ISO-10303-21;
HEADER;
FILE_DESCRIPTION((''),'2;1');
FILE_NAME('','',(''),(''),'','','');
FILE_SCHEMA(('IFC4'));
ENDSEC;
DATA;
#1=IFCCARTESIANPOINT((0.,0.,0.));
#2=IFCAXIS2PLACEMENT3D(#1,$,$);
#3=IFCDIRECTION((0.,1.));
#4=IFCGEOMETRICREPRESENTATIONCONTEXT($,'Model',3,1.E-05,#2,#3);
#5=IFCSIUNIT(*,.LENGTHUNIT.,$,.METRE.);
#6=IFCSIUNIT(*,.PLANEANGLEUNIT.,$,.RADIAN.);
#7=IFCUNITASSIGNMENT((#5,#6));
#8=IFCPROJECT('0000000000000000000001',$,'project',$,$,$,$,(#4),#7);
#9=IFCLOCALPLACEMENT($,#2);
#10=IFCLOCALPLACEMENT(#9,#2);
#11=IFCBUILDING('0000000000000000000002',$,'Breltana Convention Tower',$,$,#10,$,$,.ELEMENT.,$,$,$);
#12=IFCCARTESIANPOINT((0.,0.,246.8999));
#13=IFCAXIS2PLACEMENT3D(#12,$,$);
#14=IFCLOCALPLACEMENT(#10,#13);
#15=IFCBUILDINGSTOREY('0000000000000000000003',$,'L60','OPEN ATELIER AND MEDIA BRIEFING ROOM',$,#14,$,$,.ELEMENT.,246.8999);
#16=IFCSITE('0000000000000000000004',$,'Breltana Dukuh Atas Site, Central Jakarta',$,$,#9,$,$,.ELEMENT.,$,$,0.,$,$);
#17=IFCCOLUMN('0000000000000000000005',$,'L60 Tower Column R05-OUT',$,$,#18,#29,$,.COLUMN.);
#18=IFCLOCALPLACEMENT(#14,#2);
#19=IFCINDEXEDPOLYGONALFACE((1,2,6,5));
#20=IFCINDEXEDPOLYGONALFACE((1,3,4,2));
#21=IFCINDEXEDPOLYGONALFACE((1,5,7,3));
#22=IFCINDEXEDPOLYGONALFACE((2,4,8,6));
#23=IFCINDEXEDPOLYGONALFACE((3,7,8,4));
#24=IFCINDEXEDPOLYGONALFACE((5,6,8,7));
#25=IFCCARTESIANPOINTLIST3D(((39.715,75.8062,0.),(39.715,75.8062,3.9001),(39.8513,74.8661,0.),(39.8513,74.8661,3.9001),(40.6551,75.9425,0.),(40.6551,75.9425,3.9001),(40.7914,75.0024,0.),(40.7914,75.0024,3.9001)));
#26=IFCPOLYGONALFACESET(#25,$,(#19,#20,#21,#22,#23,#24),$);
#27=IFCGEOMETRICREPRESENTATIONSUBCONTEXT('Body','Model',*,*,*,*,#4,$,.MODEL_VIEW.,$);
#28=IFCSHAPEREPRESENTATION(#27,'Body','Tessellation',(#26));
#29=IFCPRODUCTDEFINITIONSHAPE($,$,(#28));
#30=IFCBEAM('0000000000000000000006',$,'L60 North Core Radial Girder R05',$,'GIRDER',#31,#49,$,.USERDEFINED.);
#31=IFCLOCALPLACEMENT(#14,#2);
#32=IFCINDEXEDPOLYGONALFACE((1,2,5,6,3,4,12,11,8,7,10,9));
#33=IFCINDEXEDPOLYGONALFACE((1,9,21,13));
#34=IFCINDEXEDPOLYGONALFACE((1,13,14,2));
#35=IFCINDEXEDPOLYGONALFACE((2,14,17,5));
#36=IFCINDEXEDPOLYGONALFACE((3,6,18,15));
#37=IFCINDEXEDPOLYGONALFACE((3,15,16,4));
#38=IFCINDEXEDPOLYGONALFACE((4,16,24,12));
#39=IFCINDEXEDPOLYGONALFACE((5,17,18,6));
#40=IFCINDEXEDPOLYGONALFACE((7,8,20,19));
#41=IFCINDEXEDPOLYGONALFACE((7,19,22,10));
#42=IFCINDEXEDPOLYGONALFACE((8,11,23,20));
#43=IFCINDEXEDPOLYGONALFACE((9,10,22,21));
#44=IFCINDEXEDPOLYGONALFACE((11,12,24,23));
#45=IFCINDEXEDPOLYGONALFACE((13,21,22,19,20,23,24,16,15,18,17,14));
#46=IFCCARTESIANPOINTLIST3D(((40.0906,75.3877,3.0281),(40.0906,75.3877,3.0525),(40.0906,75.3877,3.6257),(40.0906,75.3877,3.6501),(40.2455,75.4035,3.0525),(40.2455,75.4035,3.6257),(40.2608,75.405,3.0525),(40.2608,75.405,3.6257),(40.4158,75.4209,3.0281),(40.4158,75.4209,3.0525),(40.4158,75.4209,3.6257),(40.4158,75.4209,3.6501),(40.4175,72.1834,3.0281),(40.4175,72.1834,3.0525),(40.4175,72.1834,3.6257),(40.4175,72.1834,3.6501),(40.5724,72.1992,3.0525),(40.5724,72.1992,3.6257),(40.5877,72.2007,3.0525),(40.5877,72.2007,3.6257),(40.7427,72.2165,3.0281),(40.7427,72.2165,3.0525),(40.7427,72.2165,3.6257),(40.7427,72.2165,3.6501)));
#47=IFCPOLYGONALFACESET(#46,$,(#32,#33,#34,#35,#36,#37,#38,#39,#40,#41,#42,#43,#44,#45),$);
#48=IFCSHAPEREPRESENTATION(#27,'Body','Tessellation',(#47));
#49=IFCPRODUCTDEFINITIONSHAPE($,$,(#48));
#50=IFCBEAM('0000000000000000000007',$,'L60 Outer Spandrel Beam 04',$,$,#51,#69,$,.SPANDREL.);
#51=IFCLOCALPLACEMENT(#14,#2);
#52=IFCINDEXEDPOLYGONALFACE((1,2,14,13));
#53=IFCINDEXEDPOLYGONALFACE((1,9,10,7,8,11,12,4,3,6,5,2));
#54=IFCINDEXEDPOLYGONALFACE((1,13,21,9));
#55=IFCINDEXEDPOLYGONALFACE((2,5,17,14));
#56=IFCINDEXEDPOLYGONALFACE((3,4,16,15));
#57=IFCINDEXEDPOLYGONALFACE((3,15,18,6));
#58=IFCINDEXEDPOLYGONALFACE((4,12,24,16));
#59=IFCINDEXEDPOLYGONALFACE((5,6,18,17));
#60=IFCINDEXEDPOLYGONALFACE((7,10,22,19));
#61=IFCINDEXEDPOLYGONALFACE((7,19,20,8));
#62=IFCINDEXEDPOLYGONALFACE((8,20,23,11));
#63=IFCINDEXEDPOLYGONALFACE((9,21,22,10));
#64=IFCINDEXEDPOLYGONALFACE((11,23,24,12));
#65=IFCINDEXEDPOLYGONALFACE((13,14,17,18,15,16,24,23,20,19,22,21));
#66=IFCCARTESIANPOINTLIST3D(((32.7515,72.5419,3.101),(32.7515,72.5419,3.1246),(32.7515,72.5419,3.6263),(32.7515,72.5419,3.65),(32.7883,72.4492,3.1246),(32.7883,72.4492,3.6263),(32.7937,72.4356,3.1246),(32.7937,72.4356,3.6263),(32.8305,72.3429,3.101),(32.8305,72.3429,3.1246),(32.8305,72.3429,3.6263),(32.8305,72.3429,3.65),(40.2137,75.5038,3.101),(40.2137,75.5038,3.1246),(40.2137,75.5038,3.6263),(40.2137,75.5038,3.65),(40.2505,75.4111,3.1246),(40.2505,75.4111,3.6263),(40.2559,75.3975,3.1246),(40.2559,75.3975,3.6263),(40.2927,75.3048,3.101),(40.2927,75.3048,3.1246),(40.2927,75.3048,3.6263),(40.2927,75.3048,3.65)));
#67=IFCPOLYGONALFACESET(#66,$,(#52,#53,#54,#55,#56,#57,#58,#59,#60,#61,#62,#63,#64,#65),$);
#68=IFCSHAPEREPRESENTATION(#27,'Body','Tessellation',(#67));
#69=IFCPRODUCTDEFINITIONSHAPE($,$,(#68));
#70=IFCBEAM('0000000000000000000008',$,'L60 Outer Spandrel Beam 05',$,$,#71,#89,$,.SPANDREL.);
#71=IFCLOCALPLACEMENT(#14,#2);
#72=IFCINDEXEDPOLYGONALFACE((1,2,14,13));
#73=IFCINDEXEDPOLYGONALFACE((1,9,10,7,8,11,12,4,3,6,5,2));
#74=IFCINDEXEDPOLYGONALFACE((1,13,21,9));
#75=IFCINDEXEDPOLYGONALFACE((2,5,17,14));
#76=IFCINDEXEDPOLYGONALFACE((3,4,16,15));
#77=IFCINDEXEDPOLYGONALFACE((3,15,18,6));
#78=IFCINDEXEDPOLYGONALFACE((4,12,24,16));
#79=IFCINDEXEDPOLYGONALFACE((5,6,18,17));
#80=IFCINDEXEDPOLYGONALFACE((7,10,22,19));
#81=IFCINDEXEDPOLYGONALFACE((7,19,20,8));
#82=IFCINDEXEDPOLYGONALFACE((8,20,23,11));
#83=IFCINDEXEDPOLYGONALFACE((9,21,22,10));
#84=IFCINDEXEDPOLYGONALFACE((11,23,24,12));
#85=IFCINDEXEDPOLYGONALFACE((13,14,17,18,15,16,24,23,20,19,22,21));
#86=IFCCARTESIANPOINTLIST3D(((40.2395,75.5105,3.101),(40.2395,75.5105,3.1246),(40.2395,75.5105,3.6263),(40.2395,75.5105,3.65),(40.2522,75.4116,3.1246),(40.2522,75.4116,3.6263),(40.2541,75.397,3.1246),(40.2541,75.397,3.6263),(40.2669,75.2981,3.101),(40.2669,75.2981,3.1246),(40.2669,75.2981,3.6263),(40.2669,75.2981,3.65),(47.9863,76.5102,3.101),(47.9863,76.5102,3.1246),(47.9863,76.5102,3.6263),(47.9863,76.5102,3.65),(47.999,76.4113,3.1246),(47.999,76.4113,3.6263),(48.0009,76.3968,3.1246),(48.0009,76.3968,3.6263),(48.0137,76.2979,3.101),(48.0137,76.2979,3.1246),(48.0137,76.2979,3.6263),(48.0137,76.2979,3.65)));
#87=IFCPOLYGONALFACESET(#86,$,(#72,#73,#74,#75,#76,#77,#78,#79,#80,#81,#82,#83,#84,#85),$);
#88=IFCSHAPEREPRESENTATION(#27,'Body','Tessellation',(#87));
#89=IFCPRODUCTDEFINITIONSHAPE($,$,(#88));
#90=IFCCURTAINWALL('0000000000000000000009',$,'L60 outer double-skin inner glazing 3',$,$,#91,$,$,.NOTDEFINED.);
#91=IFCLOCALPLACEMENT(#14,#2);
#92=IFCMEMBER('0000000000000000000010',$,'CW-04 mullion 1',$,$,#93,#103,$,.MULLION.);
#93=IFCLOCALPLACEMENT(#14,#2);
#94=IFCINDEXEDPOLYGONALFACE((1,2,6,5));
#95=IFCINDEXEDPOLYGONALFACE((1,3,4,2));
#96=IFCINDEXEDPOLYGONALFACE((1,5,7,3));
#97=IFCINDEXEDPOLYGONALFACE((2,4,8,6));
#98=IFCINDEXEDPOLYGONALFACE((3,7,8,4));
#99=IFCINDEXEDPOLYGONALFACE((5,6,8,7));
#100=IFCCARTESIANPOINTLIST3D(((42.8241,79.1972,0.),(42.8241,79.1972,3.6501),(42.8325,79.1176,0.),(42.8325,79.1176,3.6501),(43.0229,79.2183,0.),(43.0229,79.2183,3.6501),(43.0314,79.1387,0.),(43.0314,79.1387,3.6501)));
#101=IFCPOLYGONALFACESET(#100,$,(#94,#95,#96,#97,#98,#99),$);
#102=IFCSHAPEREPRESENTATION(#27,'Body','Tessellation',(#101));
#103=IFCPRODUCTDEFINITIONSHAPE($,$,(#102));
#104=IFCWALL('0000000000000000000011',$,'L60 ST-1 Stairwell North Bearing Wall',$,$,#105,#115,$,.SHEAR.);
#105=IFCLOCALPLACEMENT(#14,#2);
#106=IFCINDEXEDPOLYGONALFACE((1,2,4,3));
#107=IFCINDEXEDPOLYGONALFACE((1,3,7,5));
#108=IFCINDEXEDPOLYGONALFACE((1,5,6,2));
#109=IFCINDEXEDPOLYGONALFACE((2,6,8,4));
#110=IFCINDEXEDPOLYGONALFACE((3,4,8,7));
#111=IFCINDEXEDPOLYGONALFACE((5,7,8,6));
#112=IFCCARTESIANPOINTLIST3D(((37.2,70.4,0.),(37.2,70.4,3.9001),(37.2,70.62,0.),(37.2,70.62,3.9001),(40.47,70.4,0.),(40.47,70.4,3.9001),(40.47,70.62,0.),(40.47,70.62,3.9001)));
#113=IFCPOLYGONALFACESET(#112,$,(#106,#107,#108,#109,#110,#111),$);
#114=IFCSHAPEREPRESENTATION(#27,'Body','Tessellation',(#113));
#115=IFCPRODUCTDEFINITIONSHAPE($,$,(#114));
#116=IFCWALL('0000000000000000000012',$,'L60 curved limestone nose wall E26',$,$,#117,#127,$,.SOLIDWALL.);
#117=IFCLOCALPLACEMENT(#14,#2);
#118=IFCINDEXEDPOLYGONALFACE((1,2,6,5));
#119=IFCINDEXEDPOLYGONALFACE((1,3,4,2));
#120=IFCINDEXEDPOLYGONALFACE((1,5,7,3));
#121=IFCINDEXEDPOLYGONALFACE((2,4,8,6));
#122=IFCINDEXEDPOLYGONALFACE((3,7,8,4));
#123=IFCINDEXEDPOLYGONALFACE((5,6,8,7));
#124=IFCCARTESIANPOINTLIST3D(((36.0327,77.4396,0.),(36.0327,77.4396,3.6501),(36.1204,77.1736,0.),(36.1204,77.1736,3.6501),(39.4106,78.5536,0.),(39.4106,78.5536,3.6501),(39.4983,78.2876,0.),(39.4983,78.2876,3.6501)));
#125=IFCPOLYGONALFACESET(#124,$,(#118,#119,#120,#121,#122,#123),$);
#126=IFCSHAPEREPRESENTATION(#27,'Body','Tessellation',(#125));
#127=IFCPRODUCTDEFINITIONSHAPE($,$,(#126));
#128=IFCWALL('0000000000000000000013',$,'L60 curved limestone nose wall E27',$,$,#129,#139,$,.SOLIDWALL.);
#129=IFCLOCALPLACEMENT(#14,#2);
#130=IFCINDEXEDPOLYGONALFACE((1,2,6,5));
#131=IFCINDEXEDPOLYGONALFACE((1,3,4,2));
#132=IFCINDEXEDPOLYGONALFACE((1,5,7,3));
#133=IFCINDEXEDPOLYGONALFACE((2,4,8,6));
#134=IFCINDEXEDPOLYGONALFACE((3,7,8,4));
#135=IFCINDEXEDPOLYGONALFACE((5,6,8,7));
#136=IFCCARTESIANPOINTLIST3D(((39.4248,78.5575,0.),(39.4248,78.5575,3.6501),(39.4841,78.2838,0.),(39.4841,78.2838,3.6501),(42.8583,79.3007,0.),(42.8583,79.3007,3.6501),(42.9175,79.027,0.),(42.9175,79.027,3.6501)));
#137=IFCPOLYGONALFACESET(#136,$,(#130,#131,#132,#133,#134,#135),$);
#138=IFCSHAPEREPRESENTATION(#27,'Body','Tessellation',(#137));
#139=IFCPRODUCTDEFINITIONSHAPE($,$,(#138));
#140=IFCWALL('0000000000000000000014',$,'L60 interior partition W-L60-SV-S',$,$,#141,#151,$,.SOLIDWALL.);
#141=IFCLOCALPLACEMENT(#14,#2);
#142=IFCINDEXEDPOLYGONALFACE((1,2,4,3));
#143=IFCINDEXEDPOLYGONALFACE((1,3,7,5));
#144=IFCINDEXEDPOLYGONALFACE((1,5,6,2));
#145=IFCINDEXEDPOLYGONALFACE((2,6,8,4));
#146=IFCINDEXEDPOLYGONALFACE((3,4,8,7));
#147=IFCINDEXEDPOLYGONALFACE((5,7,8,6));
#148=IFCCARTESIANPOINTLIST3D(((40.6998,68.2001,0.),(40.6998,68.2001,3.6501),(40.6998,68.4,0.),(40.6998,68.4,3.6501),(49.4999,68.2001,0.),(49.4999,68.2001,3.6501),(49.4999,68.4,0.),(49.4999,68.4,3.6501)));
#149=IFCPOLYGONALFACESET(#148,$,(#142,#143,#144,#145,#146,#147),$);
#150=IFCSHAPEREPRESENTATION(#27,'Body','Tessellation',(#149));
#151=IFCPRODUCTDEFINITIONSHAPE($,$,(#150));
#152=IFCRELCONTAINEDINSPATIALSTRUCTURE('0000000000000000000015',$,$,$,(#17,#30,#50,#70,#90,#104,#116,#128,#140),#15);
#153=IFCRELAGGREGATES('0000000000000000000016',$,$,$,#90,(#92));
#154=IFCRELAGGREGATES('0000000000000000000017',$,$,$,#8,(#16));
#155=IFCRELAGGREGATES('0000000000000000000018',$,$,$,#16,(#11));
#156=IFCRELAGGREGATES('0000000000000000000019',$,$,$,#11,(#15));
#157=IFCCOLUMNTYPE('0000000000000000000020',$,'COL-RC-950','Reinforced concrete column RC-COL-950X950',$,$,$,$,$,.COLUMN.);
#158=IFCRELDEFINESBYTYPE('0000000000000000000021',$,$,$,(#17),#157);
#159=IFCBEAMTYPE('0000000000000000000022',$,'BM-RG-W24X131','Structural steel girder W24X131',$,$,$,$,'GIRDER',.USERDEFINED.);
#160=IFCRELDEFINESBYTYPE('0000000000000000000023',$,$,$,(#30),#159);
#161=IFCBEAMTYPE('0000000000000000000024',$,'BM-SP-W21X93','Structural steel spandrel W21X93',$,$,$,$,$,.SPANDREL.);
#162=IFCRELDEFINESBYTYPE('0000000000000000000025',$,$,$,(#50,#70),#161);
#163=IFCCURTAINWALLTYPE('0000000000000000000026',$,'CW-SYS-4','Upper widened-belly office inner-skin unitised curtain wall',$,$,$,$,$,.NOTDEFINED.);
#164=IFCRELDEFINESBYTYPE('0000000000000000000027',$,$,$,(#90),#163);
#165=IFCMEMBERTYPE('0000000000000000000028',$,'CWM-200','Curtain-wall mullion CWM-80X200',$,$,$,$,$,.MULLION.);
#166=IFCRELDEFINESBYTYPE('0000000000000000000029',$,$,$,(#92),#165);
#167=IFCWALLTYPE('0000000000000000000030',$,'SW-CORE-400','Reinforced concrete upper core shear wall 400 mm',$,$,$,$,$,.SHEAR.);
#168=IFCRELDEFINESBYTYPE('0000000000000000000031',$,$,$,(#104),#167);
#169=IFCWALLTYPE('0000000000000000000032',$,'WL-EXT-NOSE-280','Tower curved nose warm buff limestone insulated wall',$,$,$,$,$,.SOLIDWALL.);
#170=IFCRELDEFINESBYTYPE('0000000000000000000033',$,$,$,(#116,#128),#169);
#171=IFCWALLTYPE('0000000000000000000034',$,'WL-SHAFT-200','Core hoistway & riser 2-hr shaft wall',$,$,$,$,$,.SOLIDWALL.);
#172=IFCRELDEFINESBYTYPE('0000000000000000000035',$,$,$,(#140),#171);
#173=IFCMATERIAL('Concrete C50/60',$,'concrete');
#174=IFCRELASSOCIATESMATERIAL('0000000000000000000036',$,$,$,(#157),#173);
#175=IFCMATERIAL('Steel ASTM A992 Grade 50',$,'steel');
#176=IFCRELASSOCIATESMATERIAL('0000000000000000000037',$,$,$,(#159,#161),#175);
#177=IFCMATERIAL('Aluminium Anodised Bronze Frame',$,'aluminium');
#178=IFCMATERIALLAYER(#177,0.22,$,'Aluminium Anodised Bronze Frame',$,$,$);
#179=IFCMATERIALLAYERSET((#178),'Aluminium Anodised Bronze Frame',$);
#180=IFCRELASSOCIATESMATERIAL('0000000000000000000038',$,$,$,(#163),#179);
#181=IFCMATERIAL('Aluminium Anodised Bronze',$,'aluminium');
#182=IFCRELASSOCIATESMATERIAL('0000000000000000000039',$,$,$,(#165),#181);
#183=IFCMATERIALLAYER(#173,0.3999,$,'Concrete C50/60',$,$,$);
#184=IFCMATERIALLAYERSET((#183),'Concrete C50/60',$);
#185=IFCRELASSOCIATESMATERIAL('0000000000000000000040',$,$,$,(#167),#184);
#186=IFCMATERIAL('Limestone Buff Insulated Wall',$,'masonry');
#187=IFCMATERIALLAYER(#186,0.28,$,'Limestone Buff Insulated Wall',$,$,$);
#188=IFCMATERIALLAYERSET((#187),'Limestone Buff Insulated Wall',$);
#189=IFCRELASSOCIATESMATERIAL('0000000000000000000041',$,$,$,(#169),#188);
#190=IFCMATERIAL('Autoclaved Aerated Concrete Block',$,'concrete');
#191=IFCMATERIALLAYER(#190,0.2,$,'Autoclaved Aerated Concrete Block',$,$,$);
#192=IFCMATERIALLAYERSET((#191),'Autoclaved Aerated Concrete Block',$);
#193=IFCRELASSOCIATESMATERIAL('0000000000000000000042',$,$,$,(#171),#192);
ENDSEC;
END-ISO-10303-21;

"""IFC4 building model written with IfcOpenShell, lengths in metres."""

from ifc_helpers import new_model, si_unit, direction, frame, frame_2d, origin, origin_2d, place, context, subcontext, project, spatial, rectangle, i_section, extrude, source, transform, mapped, material, layer, layer_set, material_profile, profile_set, type_object, element, aggregate, save


model = new_model("IFC4")

# Units and contexts
model_context = context("Model", 3, precision=1e-05, world=origin(), true_north=direction((0.0, 1.0)))
body_context = subcontext(model_context, "Body", "Model", "MODEL_VIEW")
ifc_project = project(units=[si_unit("LENGTHUNIT", "METRE"), si_unit("PLANEANGLEUNIT", "RADIAN")], contexts=[model_context])

# Site, building, storey
site_placement = place(None, origin())
site = spatial("IfcSite", under=ifc_project, at=site_placement, Name="Breltana Dukuh Atas Site, Central Jakarta", CompositionType="ELEMENT", RefElevation=0.0)
building_placement = place(site_placement, origin())
building = spatial("IfcBuilding", under=site, at=building_placement, Name="Breltana Convention Tower", CompositionType="ELEMENT")
storey_placement = place(building_placement, frame((0.0, 0.0, 246.8999)))
storey = spatial("IfcBuildingStorey", under=building, at=storey_placement, Name="L60", Description="OPEN ATELIER AND MEDIA BRIEFING ROOM", CompositionType="ELEMENT", Elevation=246.8999)

# Column
ifc_material_1 = material(Name="Concrete C50/60", Category="concrete")
ifc_material_profile_1 = material_profile(ifc_material_1, rectangle(XDim=0.95, YDim=0.95, at=origin_2d()), Name="RC-COL-950X950")
ifc_profile_set_1 = profile_set([ifc_material_profile_1], Name="Concrete C50/60")
column_type = type_object("IfcColumnType", Name="COL-RC-950", Description="Reinforced concrete column RC-COL-950X950", PredefinedType="COLUMN", material=ifc_profile_set_1)
shared_shape_1 = source(origin(), body_context, "Body", "SweptSolid", [
    extrude(rectangle(XDim=0.95, YDim=0.95, at=origin_2d()), origin(), (0.0, 0.0, 1.0), 3.9001),
])
column_placement = place(storey_placement, frame((40.2532, 75.4043, 0.0), z_axis=(0.0, 0.0, 1.0), x_axis=(-0.143493, 0.989651, 0.0)))
element("IfcColumn", 1, at=column_placement, inside=storey, type_object=column_type, Name="L60 Tower Column R05-OUT", PredefinedType="COLUMN", context=body_context, shape_type="MappedRepresentation", body=[
    mapped(shared_shape_1, transform((0.0, 0.0, 0.0), scale=1.0)),
])

# Beams
ifc_material_2 = material(Name="Steel ASTM A992 Grade 50", Category="steel")
ifc_material_profile_2 = material_profile(ifc_material_2, i_section(OverallWidth=0.3269, OverallDepth=0.6221, WebThickness=0.0154, FlangeThickness=0.0244, at=origin_2d()), Name="W24X131")
ifc_profile_set_2 = profile_set([ifc_material_profile_2], Name="Steel ASTM A992 Grade 50")
beam_type_1 = type_object("IfcBeamType", Name="BM-RG-W24X131", Description="Structural steel girder W24X131", ElementType="GIRDER", PredefinedType="USERDEFINED", material=ifc_profile_set_2)
shared_shape_2 = source(origin(), body_context, "Body", "SweptSolid", [
    extrude(i_section(OverallWidth=0.3269, OverallDepth=0.6221, WebThickness=0.0154, FlangeThickness=0.0244, at=origin_2d()), origin(), (0.0, 0.0, 1.0), 3.2209),
])
beam_1_placement = place(storey_placement, frame((40.5801, 72.2, 3.3391), z_axis=(-0.101492, 0.994836, 0.0), x_axis=(-0.994836, -0.101492, 0.0)))
element("IfcBeam", 2, at=beam_1_placement, inside=storey, type_object=beam_type_1, Name="L60 North Core Radial Girder R05", ObjectType="GIRDER", PredefinedType="USERDEFINED", context=body_context, shape_type="MappedRepresentation", body=[
    mapped(shared_shape_2, transform((0.0, 0.0, 0.0), scale=1.0)),
])
ifc_material_profile_3 = material_profile(ifc_material_2, i_section(OverallWidth=0.2141, OverallDepth=0.5491, WebThickness=0.0146, FlangeThickness=0.0237, at=origin_2d()), Name="W21X93")
ifc_profile_set_3 = profile_set([ifc_material_profile_3], Name="Steel ASTM A992 Grade 50")
beam_type_2 = type_object("IfcBeamType", Name="BM-SP-W21X93", Description="Structural steel spandrel W21X93", PredefinedType="SPANDREL", material=ifc_profile_set_3)
shared_shape_3 = source(origin(), body_context, "Body", "SweptSolid", [
    extrude(i_section(OverallWidth=0.2141, OverallDepth=0.5491, WebThickness=0.0146, FlangeThickness=0.0237, at=origin_2d()), origin(), (0.0, 0.0, 1.0), 8.0286),
])
beam_2_placement = place(storey_placement, frame((32.791, 72.4424, 3.3755), z_axis=(0.929459, 0.368925, 0.0), x_axis=(-0.368925, 0.929459, 0.0)))
element("IfcBeam", 3, at=beam_2_placement, inside=storey, type_object=beam_type_2, Name="L60 Outer Spandrel Beam 04", PredefinedType="SPANDREL", context=body_context, shape_type="MappedRepresentation", body=[
    mapped(shared_shape_3, transform((0.0, 0.0, 0.0), scale=1.0)),
])
shared_shape_4 = source(origin(), body_context, "Body", "SweptSolid", [
    extrude(i_section(OverallWidth=0.2141, OverallDepth=0.5491, WebThickness=0.0146, FlangeThickness=0.0237, at=origin_2d()), origin(), (0.0, 0.0, 1.0), 7.811),
])
beam_3_placement = place(storey_placement, frame((40.2532, 75.4043, 3.3755), z_axis=(0.991775, 0.127992, 0.0), x_axis=(-0.127992, 0.991775, 0.0)))
element("IfcBeam", 4, at=beam_3_placement, inside=storey, type_object=beam_type_2, Name="L60 Outer Spandrel Beam 05", PredefinedType="SPANDREL", context=body_context, shape_type="MappedRepresentation", body=[
    mapped(shared_shape_4, transform((0.0, 0.0, 0.0), scale=1.0)),
])

# Curtain wall, member
ifc_material_3 = material(Name="Aluminium Anodised Bronze Frame", Category="aluminium")
ifc_layer_1 = layer(ifc_material_3, 0.22, Name="Aluminium Anodised Bronze Frame")
ifc_layer_set_1 = layer_set([ifc_layer_1], Name="Aluminium Anodised Bronze Frame")
curtain_wall_type = type_object("IfcCurtainWallType", Name="CW-SYS-4", Description="Upper widened-belly office inner-skin unitised curtain wall", PredefinedType="NOTDEFINED", material=ifc_layer_set_1)
curtain_wall_placement = place(storey_placement, origin())
curtain_wall = element("IfcCurtainWall", 5, at=curtain_wall_placement, inside=storey, type_object=curtain_wall_type, Name="L60 outer double-skin inner glazing 3", PredefinedType="NOTDEFINED")
ifc_material_4 = material(Name="Aluminium Anodised Bronze", Category="aluminium")
ifc_material_profile_4 = material_profile(ifc_material_4, rectangle(XDim=0.0801, YDim=0.2, at=origin_2d()), Name="CWM-80X200")
ifc_profile_set_4 = profile_set([ifc_material_profile_4], Name="Aluminium Anodised Bronze")
member_type = type_object("IfcMemberType", Name="CWM-200", Description="Curtain-wall mullion CWM-80X200", PredefinedType="MULLION", material=ifc_profile_set_4)
shared_shape_5 = source(origin(), body_context, "Body", "SweptSolid", [
    extrude(rectangle(XDim=0.0801, YDim=0.2, at=origin_2d()), origin(), (0.0, 0.0, 1.0), 3.6501),
])
member_placement = place(storey_placement, frame((42.9277, 79.168, 0.0), z_axis=(0.0, 0.0, 1.0), x_axis=(-0.105472, 0.994422, 0.0)))
member = element("IfcMember", 6, at=member_placement, type_object=member_type, Name="CW-04 mullion 1", PredefinedType="MULLION", context=body_context, shape_type="MappedRepresentation", body=[
    mapped(shared_shape_5, transform((0.0, 0.0, 0.0), scale=1.0)),
])
aggregate(curtain_wall, [member])

# Wall
ifc_layer_2 = layer(ifc_material_1, 0.3999, Name="Concrete C50/60")
ifc_layer_set_2 = layer_set([ifc_layer_2], Name="Concrete C50/60")
wall_type_1 = type_object("IfcWallType", Name="SW-CORE-400", Description="Reinforced concrete upper core shear wall 400 mm", PredefinedType="SHEAR", material=ifc_layer_set_2)
shared_shape_6 = source(origin(), body_context, "Body", "SweptSolid", [
    extrude(rectangle(XDim=3.27, YDim=0.22, at=frame_2d((1.635, 0.0))), origin(), (0.0, 0.0, 1.0), 3.9001),
])
wall_1_placement = place(storey_placement, frame((37.2, 70.51, 0.0), z_axis=(0.0, 0.0, 1.0), x_axis=(1.0, 0.0, 0.0)))
element("IfcWall", 7, at=wall_1_placement, inside=storey, type_object=wall_type_1, Name="L60 ST-1 Stairwell North Bearing Wall", PredefinedType="SHEAR", context=body_context, shape_type="MappedRepresentation", body=[
    mapped(shared_shape_6, transform((0.0, 0.0, 0.0), scale=1.0)),
])

# Walls
ifc_material_5 = material(Name="Limestone Buff Insulated Wall", Category="masonry")
ifc_layer_3 = layer(ifc_material_5, 0.28, Name="Limestone Buff Insulated Wall")
ifc_layer_set_3 = layer_set([ifc_layer_3], Name="Limestone Buff Insulated Wall")
wall_type_2 = type_object("IfcWallType", Name="WL-EXT-NOSE-280", Description="Tower curved nose warm buff limestone insulated wall", PredefinedType="SOLIDWALL", material=ifc_layer_set_3)
shared_shape_7 = source(origin(), body_context, "Body", "SweptSolid", [
    extrude(rectangle(XDim=3.5569, YDim=0.28, at=frame_2d((1.7783, 0.0))), origin(), (0.0, 0.0, 1.0), 3.6501),
])
wall_2_placement = place(storey_placement, frame((36.0767, 77.3066, 0.0), z_axis=(0.0, 0.0, 1.0), x_axis=(0.949687, 0.313199, 0.0)))
element("IfcWall", 8, at=wall_2_placement, inside=storey, type_object=wall_type_2, Name="L60 curved limestone nose wall E26", PredefinedType="SOLIDWALL", context=body_context, shape_type="MappedRepresentation", body=[
    mapped(shared_shape_7, transform((0.0, 0.0, 0.0), scale=1.0)),
])
shared_shape_8 = source(origin(), body_context, "Body", "SweptSolid", [
    extrude(rectangle(XDim=3.5129, YDim=0.28, at=frame_2d((1.7563, 0.0))), origin(), (0.0, 0.0, 1.0), 3.6501),
])
wall_3_placement = place(storey_placement, frame((39.4546, 78.4207, 0.0), z_axis=(0.0, 0.0, 1.0), x_axis=(0.977366, 0.211555, 0.0)))
element("IfcWall", 9, at=wall_3_placement, inside=storey, type_object=wall_type_2, Name="L60 curved limestone nose wall E27", PredefinedType="SOLIDWALL", context=body_context, shape_type="MappedRepresentation", body=[
    mapped(shared_shape_8, transform((0.0, 0.0, 0.0), scale=1.0)),
])
ifc_material_6 = material(Name="Autoclaved Aerated Concrete Block", Category="concrete")
ifc_layer_4 = layer(ifc_material_6, 0.2, Name="Autoclaved Aerated Concrete Block")
ifc_layer_set_4 = layer_set([ifc_layer_4], Name="Autoclaved Aerated Concrete Block")
wall_type_3 = type_object("IfcWallType", Name="WL-SHAFT-200", Description="Core hoistway & riser 2-hr shaft wall", PredefinedType="SOLIDWALL", material=ifc_layer_set_4)
shared_shape_9 = source(origin(), body_context, "Body", "SweptSolid", [
    extrude(rectangle(XDim=8.8, YDim=0.2, at=frame_2d((4.3999, 0.0))), origin(), (0.0, 0.0, 1.0), 3.6501),
])
wall_4_placement = place(storey_placement, frame((40.7, 68.3, 0.0), z_axis=(0.0, 0.0, 1.0), x_axis=(1.0, 0.0, 0.0)))
element("IfcWall", 10, at=wall_4_placement, inside=storey, type_object=wall_type_3, Name="L60 interior partition W-L60-SV-S", PredefinedType="SOLIDWALL", context=body_context, shape_type="MappedRepresentation", body=[
    mapped(shared_shape_9, transform((0.0, 0.0, 0.0), scale=1.0)),
])

save(model, "model.ifc")
